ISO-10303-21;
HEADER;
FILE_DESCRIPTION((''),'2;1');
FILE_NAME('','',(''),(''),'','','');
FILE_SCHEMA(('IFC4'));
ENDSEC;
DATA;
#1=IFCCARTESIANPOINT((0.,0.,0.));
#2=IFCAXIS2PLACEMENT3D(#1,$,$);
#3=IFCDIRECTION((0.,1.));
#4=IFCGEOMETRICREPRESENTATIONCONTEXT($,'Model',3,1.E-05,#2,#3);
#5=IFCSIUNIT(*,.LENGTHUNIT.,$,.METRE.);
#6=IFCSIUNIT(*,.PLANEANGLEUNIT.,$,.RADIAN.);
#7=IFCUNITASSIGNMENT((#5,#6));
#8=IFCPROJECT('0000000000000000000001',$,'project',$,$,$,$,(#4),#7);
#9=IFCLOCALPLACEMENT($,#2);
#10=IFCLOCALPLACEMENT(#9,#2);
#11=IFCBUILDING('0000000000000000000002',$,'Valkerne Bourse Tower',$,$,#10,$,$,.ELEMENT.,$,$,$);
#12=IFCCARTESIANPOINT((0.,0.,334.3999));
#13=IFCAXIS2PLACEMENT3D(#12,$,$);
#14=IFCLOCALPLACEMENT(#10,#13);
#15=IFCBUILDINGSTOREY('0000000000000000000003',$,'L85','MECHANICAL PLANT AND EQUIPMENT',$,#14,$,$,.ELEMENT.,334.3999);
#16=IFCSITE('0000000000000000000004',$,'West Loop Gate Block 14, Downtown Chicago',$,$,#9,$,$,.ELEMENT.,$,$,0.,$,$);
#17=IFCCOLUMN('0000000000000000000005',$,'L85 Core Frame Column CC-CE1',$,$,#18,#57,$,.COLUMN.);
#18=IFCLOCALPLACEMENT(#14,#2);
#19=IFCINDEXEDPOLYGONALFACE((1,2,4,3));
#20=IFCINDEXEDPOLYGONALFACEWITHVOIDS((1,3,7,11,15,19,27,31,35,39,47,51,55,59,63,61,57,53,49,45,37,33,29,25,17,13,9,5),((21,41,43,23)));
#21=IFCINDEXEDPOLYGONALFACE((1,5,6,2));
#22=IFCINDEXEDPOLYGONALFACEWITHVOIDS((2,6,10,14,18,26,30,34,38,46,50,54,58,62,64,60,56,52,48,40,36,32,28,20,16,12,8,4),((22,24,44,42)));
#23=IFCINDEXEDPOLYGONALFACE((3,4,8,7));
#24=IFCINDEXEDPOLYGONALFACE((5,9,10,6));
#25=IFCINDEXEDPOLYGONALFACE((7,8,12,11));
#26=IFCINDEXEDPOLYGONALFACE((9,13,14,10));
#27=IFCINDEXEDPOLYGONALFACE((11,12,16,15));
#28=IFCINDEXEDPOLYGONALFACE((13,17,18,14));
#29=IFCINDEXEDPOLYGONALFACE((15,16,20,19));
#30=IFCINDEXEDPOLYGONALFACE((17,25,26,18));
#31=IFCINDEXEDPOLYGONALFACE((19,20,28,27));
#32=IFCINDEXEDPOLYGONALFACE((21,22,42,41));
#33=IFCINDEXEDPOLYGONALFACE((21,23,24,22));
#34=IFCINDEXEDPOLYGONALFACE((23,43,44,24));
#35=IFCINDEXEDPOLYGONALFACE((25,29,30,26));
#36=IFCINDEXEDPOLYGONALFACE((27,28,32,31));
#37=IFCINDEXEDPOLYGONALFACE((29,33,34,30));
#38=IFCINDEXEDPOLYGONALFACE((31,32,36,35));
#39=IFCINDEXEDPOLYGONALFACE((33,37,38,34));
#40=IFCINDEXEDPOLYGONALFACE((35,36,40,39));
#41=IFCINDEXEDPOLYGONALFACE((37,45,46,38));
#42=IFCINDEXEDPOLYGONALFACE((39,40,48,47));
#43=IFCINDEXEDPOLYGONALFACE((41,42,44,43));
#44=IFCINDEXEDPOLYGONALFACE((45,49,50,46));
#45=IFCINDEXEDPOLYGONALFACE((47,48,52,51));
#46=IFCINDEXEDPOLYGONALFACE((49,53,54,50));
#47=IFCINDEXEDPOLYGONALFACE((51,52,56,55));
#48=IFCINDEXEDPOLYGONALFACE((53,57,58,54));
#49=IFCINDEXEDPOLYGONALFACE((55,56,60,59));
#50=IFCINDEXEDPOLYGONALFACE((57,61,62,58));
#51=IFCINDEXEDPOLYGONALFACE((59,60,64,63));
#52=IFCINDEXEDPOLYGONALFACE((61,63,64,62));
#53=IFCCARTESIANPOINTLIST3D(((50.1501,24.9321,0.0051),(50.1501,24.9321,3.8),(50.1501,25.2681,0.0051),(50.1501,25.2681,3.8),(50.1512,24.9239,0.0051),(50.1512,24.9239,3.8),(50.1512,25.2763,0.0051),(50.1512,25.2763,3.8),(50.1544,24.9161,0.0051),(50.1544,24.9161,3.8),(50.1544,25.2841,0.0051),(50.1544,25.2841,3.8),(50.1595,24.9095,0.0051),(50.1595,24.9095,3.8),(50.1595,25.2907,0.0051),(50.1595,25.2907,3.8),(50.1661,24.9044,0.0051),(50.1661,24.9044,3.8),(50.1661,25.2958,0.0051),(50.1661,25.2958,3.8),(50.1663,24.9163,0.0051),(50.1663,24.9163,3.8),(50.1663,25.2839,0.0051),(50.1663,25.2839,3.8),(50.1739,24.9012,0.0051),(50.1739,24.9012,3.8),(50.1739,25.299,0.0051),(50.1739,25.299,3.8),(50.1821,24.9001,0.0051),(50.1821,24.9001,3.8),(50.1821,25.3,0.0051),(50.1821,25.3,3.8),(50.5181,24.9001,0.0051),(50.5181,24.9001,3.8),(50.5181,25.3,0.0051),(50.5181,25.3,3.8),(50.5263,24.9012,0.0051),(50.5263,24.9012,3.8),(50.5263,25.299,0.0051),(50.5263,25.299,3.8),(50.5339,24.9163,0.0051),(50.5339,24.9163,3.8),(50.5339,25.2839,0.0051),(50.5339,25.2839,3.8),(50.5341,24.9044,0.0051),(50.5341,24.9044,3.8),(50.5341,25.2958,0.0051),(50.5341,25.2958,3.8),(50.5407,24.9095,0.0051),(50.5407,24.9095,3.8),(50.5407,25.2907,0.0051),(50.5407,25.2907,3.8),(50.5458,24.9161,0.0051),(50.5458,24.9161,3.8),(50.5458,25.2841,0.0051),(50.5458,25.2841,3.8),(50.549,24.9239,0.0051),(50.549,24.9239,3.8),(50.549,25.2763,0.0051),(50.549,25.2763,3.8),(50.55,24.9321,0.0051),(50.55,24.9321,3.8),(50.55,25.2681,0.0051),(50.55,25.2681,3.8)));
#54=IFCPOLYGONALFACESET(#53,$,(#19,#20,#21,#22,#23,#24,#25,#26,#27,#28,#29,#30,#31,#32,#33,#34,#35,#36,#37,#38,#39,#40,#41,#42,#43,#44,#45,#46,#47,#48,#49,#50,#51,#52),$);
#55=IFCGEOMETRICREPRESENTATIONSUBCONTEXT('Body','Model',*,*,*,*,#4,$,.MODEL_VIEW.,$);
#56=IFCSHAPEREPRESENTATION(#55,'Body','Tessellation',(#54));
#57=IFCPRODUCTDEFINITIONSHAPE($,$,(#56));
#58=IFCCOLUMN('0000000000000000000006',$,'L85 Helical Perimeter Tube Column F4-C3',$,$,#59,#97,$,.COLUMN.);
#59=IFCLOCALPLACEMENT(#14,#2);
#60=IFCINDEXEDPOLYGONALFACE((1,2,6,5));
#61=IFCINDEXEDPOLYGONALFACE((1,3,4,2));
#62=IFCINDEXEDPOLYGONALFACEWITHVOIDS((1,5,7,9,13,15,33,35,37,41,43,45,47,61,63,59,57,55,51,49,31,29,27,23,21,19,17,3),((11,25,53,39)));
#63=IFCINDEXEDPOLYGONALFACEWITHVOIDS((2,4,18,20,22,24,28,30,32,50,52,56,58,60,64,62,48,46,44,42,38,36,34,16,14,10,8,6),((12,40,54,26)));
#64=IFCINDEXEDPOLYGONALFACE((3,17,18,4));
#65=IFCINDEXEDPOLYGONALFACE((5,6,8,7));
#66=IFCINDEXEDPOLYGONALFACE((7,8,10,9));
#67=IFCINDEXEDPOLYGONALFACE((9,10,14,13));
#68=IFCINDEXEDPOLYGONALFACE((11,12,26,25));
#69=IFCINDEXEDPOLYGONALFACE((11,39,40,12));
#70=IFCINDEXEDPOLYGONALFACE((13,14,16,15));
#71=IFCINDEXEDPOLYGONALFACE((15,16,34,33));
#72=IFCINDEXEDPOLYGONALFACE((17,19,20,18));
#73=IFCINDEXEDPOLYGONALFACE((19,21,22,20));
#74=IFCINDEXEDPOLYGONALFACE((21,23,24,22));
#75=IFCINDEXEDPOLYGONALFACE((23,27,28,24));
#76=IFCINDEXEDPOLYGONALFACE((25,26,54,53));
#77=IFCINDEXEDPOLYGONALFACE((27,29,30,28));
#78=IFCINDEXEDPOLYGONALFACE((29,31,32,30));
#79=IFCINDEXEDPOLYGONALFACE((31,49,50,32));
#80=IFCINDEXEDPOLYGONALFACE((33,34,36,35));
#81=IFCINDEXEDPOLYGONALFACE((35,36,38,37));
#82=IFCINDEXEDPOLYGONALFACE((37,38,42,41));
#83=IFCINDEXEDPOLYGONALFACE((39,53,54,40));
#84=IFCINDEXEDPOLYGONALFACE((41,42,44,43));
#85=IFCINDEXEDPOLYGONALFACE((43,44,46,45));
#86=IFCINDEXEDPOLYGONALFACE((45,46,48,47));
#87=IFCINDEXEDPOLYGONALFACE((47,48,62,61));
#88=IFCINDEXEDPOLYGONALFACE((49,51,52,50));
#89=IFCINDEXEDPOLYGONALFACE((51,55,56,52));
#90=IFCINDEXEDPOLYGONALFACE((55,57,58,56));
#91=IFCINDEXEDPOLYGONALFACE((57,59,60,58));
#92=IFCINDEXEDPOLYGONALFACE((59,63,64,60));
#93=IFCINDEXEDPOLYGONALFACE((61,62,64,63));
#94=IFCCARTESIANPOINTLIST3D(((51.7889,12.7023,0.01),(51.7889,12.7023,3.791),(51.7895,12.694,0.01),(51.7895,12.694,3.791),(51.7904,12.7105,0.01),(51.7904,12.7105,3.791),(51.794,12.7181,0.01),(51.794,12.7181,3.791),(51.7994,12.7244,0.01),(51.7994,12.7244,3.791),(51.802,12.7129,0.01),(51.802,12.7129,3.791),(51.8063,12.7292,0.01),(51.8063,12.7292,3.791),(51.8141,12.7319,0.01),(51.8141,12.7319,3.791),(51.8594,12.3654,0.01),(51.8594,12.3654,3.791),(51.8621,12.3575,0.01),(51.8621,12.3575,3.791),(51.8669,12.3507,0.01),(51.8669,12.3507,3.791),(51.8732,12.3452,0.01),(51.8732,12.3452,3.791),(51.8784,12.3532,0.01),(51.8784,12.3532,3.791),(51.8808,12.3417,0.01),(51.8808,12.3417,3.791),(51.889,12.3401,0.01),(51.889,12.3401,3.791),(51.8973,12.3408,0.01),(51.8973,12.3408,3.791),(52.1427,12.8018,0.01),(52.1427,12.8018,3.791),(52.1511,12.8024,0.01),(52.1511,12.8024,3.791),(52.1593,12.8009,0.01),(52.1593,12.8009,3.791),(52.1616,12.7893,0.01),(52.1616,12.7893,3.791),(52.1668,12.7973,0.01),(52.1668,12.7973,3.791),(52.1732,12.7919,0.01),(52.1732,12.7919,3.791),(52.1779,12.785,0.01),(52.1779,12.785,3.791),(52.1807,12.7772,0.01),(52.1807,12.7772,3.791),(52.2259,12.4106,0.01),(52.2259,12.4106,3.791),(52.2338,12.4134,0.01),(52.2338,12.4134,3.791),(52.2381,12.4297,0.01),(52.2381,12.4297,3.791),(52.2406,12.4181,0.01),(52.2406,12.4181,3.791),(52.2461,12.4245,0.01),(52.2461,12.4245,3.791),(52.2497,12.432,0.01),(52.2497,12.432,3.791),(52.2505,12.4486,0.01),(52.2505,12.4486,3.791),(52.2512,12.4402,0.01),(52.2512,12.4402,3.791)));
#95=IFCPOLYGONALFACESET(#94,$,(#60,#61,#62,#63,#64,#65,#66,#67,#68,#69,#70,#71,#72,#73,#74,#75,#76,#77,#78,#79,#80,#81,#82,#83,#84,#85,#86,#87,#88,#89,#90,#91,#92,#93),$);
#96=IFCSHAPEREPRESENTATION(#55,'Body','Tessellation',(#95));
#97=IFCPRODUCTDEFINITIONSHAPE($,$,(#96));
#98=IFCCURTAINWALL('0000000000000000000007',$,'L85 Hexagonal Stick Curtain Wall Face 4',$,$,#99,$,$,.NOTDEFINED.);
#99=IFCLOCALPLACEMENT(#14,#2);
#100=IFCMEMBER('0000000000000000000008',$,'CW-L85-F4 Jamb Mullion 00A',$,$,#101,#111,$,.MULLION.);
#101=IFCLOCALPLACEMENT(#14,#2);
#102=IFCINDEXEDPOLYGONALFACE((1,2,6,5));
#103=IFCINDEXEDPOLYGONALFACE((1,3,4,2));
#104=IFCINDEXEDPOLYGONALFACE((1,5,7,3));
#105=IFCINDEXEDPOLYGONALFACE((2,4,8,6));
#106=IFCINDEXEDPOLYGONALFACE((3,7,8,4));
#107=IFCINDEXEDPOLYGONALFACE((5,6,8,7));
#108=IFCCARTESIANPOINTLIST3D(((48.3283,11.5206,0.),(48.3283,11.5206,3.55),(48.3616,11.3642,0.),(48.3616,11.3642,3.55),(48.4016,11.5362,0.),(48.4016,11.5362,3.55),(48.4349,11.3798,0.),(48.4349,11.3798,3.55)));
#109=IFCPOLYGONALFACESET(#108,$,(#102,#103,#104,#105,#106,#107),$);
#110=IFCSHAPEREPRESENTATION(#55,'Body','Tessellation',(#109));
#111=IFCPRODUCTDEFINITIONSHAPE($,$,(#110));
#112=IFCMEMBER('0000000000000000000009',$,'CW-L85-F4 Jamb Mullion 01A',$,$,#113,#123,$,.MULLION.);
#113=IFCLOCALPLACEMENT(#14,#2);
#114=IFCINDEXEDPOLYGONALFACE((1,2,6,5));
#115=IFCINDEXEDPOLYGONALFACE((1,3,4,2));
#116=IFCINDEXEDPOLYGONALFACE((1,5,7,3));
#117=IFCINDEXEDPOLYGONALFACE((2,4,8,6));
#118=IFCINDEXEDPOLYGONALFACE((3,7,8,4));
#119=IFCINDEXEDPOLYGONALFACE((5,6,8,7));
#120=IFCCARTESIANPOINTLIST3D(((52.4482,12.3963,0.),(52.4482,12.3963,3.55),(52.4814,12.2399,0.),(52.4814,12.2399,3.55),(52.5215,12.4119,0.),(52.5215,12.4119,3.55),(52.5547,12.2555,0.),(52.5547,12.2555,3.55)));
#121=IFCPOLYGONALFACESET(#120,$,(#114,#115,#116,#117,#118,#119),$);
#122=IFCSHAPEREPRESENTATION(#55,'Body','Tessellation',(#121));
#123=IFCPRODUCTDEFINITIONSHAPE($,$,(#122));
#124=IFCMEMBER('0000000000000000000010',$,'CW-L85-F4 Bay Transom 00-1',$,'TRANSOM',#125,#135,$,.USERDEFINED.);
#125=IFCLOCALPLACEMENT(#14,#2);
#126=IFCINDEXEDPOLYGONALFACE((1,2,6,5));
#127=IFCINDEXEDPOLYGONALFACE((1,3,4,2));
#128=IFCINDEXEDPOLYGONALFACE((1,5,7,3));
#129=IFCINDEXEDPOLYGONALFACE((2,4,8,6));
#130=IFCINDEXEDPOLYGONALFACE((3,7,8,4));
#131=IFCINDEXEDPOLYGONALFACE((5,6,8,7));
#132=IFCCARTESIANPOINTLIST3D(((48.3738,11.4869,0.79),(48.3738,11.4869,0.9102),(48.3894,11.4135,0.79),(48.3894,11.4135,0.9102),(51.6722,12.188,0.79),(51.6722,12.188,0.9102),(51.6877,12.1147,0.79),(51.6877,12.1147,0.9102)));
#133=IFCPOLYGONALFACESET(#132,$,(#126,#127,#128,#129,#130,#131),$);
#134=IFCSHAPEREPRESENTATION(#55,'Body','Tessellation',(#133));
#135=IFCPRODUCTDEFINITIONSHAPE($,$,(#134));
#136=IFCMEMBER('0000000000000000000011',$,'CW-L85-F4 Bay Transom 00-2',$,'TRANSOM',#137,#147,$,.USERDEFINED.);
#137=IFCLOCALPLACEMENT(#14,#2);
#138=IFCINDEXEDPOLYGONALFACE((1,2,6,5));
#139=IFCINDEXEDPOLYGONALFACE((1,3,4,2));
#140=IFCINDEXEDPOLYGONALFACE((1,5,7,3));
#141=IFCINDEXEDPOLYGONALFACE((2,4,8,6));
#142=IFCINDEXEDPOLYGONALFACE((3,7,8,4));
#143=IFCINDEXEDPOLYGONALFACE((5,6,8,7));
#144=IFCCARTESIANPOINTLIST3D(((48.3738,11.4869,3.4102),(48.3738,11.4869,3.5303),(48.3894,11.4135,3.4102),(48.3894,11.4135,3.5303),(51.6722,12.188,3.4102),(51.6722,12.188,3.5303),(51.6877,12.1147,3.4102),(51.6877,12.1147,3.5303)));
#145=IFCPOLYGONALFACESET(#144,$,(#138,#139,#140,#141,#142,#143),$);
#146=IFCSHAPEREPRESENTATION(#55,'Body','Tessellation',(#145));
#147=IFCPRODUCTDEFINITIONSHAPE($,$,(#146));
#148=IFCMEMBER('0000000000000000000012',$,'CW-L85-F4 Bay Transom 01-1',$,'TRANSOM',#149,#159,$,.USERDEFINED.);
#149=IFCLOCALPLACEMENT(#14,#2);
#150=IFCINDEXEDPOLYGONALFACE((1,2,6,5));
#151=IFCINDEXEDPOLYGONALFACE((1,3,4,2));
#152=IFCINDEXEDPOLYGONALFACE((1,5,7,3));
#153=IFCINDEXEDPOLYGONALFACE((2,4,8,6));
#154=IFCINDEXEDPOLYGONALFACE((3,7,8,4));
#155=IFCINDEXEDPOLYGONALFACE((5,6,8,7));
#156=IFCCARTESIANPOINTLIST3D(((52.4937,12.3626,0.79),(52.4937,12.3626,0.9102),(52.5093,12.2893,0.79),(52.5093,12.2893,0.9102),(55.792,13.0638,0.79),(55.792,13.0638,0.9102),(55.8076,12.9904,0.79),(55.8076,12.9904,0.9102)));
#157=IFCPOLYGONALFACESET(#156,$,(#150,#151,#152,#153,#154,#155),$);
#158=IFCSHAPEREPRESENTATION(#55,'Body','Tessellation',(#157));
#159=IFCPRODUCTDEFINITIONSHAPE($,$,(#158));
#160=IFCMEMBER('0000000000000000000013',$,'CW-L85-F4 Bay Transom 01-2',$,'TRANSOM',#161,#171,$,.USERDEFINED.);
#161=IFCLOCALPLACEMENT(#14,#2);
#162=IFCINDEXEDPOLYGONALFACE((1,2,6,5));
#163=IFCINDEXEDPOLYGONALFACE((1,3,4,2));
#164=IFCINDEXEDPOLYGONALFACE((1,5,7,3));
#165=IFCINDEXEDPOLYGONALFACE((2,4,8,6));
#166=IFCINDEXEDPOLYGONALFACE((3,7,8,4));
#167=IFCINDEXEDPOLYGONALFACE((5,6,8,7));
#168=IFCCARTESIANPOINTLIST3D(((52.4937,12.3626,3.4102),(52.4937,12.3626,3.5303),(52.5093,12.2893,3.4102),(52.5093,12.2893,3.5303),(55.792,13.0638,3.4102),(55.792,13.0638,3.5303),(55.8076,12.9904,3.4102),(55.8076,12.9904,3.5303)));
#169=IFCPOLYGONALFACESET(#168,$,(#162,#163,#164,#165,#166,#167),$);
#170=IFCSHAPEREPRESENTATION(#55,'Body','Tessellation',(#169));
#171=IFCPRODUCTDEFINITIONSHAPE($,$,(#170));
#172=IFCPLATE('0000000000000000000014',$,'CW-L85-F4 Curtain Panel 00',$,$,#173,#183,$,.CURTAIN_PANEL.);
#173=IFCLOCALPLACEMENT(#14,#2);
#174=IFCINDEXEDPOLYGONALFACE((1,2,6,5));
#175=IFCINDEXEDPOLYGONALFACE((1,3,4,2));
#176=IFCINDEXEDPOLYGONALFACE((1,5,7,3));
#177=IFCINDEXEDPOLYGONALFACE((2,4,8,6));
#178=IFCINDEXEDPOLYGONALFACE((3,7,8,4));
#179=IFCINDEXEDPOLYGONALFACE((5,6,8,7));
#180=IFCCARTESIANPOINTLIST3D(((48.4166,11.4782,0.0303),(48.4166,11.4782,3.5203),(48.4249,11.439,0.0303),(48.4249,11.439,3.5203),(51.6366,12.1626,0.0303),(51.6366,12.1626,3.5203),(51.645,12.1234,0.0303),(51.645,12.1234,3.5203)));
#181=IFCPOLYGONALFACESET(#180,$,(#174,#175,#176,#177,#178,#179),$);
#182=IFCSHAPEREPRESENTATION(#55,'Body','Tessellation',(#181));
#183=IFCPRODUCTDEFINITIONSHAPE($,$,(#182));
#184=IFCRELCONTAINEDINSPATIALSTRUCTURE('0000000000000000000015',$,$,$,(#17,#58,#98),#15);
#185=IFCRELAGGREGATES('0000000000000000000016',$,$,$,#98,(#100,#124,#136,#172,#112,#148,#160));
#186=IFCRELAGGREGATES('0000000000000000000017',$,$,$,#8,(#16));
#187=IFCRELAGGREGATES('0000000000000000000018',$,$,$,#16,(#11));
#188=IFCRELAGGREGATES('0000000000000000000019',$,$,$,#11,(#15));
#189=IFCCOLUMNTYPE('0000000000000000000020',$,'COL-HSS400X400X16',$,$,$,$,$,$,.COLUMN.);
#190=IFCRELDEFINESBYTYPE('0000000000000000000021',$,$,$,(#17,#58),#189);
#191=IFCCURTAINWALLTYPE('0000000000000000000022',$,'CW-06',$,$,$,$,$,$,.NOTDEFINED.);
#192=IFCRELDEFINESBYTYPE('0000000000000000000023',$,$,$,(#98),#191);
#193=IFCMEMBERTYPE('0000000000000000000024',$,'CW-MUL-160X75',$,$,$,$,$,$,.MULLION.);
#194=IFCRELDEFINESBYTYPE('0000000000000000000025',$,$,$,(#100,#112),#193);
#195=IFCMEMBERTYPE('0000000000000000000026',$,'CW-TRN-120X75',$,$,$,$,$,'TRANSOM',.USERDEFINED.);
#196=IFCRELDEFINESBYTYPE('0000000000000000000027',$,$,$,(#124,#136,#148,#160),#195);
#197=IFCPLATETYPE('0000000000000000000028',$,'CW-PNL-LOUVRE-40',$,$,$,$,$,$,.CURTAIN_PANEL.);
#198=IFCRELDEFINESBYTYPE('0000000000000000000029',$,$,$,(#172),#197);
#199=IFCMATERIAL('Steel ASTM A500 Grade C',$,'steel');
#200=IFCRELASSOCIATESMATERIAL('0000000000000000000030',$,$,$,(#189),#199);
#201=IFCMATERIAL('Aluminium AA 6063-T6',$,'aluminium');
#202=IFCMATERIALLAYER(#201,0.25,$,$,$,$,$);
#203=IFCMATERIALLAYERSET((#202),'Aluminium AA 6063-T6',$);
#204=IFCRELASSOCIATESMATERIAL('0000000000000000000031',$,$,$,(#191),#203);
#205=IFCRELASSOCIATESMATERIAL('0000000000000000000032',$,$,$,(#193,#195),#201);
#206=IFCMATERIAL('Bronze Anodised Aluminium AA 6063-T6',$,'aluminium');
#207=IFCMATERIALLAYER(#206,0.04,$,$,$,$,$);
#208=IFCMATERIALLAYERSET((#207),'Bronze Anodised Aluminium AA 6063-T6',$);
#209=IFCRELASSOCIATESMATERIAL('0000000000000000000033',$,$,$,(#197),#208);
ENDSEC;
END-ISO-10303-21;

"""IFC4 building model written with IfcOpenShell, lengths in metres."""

from ifc_helpers import new_model, si_unit, direction, frame, origin, origin_2d, place, context, subcontext, project, spatial, rectangle, hollow_rectangle, extrude, material, layer, layer_set, material_profile, profile_set, type_object, element, aggregate, save


model = new_model("IFC4")

# Units and contexts
model_context = context("Model", 3, precision=1e-05, world=origin(), true_north=direction((0.0, 1.0)))
body_context = subcontext(model_context, "Body", "Model", "MODEL_VIEW")
ifc_project = project(units=[si_unit("LENGTHUNIT", "METRE"), si_unit("PLANEANGLEUNIT", "RADIAN")], contexts=[model_context])

# Site, building, storey
site_placement = place(None, origin())
site = spatial("IfcSite", under=ifc_project, at=site_placement, Name="West Loop Gate Block 14, Downtown Chicago", CompositionType="ELEMENT", RefElevation=0.0)
building_placement = place(site_placement, origin())
building = spatial("IfcBuilding", under=site, at=building_placement, Name="Valkerne Bourse Tower", CompositionType="ELEMENT")
storey_placement = place(building_placement, frame((0.0, 0.0, 334.3999)))
storey = spatial("IfcBuildingStorey", under=building, at=storey_placement, Name="L85", Description="MECHANICAL PLANT AND EQUIPMENT", CompositionType="ELEMENT", Elevation=334.3999)

# Columns
ifc_material_1 = material(Name="Steel ASTM A500 Grade C", Category="steel")
ifc_material_profile_1 = material_profile(ifc_material_1, hollow_rectangle(XDim=0.3999, YDim=0.3999, WallThickness=0.0161, OuterFilletRadius=0.032, at=origin_2d()), Name="HSS400X400X16")
ifc_profile_set_1 = profile_set([ifc_material_profile_1], Name="Steel ASTM A500 Grade C")
column_type = type_object("IfcColumnType", Name="COL-HSS400X400X16", PredefinedType="COLUMN", material=ifc_profile_set_1)
column_1_placement = place(storey_placement, frame((50.3501, 25.1001, 0.0051), z_axis=(0.0, 0.0, 1.0), x_axis=(1.0, 0.0, 0.0)))
element("IfcColumn", 1, at=column_1_placement, inside=storey, type_object=column_type, Name="L85 Core Frame Column CC-CE1", PredefinedType="COLUMN", context=body_context, shape_type="SweptSolid", body=[
    extrude(hollow_rectangle(XDim=0.3999, YDim=0.3999, WallThickness=0.0161, OuterFilletRadius=0.032, at=origin_2d()), origin(), (0.0, 0.0, 1.0), 3.7949),
])
column_2_placement = place(storey_placement, frame((52.02, 12.5713, 0.01), z_axis=(0.0, 0.0, 1.0), x_axis=(0.978148, 0.207912, 0.0)))
element("IfcColumn", 2, at=column_2_placement, inside=storey, type_object=column_type, Name="L85 Helical Perimeter Tube Column F4-C3", PredefinedType="COLUMN", context=body_context, shape_type="SweptSolid", body=[
    extrude(hollow_rectangle(XDim=0.3999, YDim=0.3999, WallThickness=0.0161, OuterFilletRadius=0.032, at=origin_2d()), origin(), (0.0, 0.0, 1.0), 3.781),
])

# Curtain wall, members, plate
ifc_material_2 = material(Name="Aluminium AA 6063-T6", Category="aluminium")
ifc_layer_1 = layer(ifc_material_2, 0.25)
ifc_layer_set_1 = layer_set([ifc_layer_1], Name="Aluminium AA 6063-T6")
curtain_wall_type = type_object("IfcCurtainWallType", Name="CW-06", PredefinedType="NOTDEFINED", material=ifc_layer_set_1)
curtain_wall_placement = place(storey_placement, origin())
curtain_wall = element("IfcCurtainWall", 3, at=curtain_wall_placement, inside=storey, type_object=curtain_wall_type, Name="L85 Hexagonal Stick Curtain Wall Face 4", PredefinedType="NOTDEFINED")
ifc_material_profile_2 = material_profile(ifc_material_2, rectangle(XDim=0.075, YDim=0.1599, at=origin_2d()), Name="CWM-75X160")
ifc_profile_set_2 = profile_set([ifc_material_profile_2], Name="Aluminium AA 6063-T6")
member_type_1 = type_object("IfcMemberType", Name="CW-MUL-160X75", PredefinedType="MULLION", material=ifc_profile_set_2)
member_1_placement = place(storey_placement, frame((48.3816, 11.4502, 0.0), z_axis=(0.0, 0.0, 1.0), x_axis=(0.978149, 0.207904, 0.0)))
member_1 = element("IfcMember", 4, at=member_1_placement, type_object=member_type_1, Name="CW-L85-F4 Jamb Mullion 00A", PredefinedType="MULLION", context=body_context, shape_type="SweptSolid", body=[
    extrude(rectangle(XDim=0.075, YDim=0.1599, at=origin_2d()), origin(), (0.0, 0.0, 1.0), 3.55),
])
member_2_placement = place(storey_placement, frame((52.5015, 12.3259, 0.0), z_axis=(0.0, 0.0, 1.0), x_axis=(0.978143, 0.207932, 0.0)))
member_2 = element("IfcMember", 5, at=member_2_placement, type_object=member_type_1, Name="CW-L85-F4 Jamb Mullion 01A", PredefinedType="MULLION", context=body_context, shape_type="SweptSolid", body=[
    extrude(rectangle(XDim=0.075, YDim=0.1599, at=origin_2d()), origin(), (0.0, 0.0, 1.0), 3.55),
])
ifc_material_profile_3 = material_profile(ifc_material_2, rectangle(XDim=0.075, YDim=0.1201, at=origin_2d()), Name="CWT-75X120")
ifc_profile_set_3 = profile_set([ifc_material_profile_3], Name="Aluminium AA 6063-T6")
member_type_2 = type_object("IfcMemberType", Name="CW-TRN-120X75", ElementType="TRANSOM", PredefinedType="USERDEFINED", material=ifc_profile_set_3)
member_3_placement = place(storey_placement, frame((48.3816, 11.4502, 0.8501), z_axis=(0.978142, 0.207937, 0.0), x_axis=(-0.207937, 0.978142, 0.0)))
member_3 = element("IfcMember", 6, at=member_3_placement, type_object=member_type_2, Name="CW-L85-F4 Bay Transom 00-1", ObjectType="TRANSOM", PredefinedType="USERDEFINED", context=body_context, shape_type="SweptSolid", body=[
    extrude(rectangle(XDim=0.075, YDim=0.1201, at=origin_2d()), origin(), (0.0, 0.0, 1.0), 3.3721),
])
member_4_placement = place(storey_placement, frame((48.3816, 11.4502, 3.4702), z_axis=(0.978142, 0.207937, 0.0), x_axis=(-0.207937, 0.978142, 0.0)))
member_4 = element("IfcMember", 7, at=member_4_placement, type_object=member_type_2, Name="CW-L85-F4 Bay Transom 00-2", ObjectType="TRANSOM", PredefinedType="USERDEFINED", context=body_context, shape_type="SweptSolid", body=[
    extrude(rectangle(XDim=0.075, YDim=0.1201, at=origin_2d()), origin(), (0.0, 0.0, 1.0), 3.3721),
])
member_5_placement = place(storey_placement, frame((52.5015, 12.3259, 0.8501), z_axis=(0.978142, 0.207937, 0.0), x_axis=(-0.207937, 0.978142, 0.0)))
member_5 = element("IfcMember", 8, at=member_5_placement, type_object=member_type_2, Name="CW-L85-F4 Bay Transom 01-1", ObjectType="TRANSOM", PredefinedType="USERDEFINED", context=body_context, shape_type="SweptSolid", body=[
    extrude(rectangle(XDim=0.075, YDim=0.1201, at=origin_2d()), origin(), (0.0, 0.0, 1.0), 3.3721),
])
member_6_placement = place(storey_placement, frame((52.5015, 12.3259, 3.4702), z_axis=(0.978142, 0.207937, 0.0), x_axis=(-0.207937, 0.978142, 0.0)))
member_6 = element("IfcMember", 9, at=member_6_placement, type_object=member_type_2, Name="CW-L85-F4 Bay Transom 01-2", ObjectType="TRANSOM", PredefinedType="USERDEFINED", context=body_context, shape_type="SweptSolid", body=[
    extrude(rectangle(XDim=0.075, YDim=0.1201, at=origin_2d()), origin(), (0.0, 0.0, 1.0), 3.3721),
])
ifc_material_3 = material(Name="Bronze Anodised Aluminium AA 6063-T6", Category="aluminium")
ifc_layer_2 = layer(ifc_material_3, 0.04)
ifc_layer_set_2 = layer_set([ifc_layer_2], Name="Bronze Anodised Aluminium AA 6063-T6")
plate_type_1 = type_object("IfcPlateType", Name="CW-PNL-LOUVRE-40", PredefinedType="CURTAIN_PANEL", material=ifc_layer_set_2)
plate_1_placement = place(storey_placement, frame((50.0308, 11.8008, 0.0303), z_axis=(0.0, 0.0, 1.0), x_axis=(0.978149, 0.207904, 0.0)))
plate_1 = element("IfcPlate", 10, at=plate_1_placement, type_object=plate_type_1, Name="CW-L85-F4 Curtain Panel 00", PredefinedType="CURTAIN_PANEL", context=body_context, shape_type="SweptSolid", body=[
    extrude(rectangle(XDim=3.292, YDim=0.04, at=origin_2d()), origin(), (0.0, 0.0, 1.0), 3.49),
])
aggregate(curtain_wall, [member_1, member_3, member_4, plate_1, member_2, member_5, member_6])

save(model, "model.ifc")
